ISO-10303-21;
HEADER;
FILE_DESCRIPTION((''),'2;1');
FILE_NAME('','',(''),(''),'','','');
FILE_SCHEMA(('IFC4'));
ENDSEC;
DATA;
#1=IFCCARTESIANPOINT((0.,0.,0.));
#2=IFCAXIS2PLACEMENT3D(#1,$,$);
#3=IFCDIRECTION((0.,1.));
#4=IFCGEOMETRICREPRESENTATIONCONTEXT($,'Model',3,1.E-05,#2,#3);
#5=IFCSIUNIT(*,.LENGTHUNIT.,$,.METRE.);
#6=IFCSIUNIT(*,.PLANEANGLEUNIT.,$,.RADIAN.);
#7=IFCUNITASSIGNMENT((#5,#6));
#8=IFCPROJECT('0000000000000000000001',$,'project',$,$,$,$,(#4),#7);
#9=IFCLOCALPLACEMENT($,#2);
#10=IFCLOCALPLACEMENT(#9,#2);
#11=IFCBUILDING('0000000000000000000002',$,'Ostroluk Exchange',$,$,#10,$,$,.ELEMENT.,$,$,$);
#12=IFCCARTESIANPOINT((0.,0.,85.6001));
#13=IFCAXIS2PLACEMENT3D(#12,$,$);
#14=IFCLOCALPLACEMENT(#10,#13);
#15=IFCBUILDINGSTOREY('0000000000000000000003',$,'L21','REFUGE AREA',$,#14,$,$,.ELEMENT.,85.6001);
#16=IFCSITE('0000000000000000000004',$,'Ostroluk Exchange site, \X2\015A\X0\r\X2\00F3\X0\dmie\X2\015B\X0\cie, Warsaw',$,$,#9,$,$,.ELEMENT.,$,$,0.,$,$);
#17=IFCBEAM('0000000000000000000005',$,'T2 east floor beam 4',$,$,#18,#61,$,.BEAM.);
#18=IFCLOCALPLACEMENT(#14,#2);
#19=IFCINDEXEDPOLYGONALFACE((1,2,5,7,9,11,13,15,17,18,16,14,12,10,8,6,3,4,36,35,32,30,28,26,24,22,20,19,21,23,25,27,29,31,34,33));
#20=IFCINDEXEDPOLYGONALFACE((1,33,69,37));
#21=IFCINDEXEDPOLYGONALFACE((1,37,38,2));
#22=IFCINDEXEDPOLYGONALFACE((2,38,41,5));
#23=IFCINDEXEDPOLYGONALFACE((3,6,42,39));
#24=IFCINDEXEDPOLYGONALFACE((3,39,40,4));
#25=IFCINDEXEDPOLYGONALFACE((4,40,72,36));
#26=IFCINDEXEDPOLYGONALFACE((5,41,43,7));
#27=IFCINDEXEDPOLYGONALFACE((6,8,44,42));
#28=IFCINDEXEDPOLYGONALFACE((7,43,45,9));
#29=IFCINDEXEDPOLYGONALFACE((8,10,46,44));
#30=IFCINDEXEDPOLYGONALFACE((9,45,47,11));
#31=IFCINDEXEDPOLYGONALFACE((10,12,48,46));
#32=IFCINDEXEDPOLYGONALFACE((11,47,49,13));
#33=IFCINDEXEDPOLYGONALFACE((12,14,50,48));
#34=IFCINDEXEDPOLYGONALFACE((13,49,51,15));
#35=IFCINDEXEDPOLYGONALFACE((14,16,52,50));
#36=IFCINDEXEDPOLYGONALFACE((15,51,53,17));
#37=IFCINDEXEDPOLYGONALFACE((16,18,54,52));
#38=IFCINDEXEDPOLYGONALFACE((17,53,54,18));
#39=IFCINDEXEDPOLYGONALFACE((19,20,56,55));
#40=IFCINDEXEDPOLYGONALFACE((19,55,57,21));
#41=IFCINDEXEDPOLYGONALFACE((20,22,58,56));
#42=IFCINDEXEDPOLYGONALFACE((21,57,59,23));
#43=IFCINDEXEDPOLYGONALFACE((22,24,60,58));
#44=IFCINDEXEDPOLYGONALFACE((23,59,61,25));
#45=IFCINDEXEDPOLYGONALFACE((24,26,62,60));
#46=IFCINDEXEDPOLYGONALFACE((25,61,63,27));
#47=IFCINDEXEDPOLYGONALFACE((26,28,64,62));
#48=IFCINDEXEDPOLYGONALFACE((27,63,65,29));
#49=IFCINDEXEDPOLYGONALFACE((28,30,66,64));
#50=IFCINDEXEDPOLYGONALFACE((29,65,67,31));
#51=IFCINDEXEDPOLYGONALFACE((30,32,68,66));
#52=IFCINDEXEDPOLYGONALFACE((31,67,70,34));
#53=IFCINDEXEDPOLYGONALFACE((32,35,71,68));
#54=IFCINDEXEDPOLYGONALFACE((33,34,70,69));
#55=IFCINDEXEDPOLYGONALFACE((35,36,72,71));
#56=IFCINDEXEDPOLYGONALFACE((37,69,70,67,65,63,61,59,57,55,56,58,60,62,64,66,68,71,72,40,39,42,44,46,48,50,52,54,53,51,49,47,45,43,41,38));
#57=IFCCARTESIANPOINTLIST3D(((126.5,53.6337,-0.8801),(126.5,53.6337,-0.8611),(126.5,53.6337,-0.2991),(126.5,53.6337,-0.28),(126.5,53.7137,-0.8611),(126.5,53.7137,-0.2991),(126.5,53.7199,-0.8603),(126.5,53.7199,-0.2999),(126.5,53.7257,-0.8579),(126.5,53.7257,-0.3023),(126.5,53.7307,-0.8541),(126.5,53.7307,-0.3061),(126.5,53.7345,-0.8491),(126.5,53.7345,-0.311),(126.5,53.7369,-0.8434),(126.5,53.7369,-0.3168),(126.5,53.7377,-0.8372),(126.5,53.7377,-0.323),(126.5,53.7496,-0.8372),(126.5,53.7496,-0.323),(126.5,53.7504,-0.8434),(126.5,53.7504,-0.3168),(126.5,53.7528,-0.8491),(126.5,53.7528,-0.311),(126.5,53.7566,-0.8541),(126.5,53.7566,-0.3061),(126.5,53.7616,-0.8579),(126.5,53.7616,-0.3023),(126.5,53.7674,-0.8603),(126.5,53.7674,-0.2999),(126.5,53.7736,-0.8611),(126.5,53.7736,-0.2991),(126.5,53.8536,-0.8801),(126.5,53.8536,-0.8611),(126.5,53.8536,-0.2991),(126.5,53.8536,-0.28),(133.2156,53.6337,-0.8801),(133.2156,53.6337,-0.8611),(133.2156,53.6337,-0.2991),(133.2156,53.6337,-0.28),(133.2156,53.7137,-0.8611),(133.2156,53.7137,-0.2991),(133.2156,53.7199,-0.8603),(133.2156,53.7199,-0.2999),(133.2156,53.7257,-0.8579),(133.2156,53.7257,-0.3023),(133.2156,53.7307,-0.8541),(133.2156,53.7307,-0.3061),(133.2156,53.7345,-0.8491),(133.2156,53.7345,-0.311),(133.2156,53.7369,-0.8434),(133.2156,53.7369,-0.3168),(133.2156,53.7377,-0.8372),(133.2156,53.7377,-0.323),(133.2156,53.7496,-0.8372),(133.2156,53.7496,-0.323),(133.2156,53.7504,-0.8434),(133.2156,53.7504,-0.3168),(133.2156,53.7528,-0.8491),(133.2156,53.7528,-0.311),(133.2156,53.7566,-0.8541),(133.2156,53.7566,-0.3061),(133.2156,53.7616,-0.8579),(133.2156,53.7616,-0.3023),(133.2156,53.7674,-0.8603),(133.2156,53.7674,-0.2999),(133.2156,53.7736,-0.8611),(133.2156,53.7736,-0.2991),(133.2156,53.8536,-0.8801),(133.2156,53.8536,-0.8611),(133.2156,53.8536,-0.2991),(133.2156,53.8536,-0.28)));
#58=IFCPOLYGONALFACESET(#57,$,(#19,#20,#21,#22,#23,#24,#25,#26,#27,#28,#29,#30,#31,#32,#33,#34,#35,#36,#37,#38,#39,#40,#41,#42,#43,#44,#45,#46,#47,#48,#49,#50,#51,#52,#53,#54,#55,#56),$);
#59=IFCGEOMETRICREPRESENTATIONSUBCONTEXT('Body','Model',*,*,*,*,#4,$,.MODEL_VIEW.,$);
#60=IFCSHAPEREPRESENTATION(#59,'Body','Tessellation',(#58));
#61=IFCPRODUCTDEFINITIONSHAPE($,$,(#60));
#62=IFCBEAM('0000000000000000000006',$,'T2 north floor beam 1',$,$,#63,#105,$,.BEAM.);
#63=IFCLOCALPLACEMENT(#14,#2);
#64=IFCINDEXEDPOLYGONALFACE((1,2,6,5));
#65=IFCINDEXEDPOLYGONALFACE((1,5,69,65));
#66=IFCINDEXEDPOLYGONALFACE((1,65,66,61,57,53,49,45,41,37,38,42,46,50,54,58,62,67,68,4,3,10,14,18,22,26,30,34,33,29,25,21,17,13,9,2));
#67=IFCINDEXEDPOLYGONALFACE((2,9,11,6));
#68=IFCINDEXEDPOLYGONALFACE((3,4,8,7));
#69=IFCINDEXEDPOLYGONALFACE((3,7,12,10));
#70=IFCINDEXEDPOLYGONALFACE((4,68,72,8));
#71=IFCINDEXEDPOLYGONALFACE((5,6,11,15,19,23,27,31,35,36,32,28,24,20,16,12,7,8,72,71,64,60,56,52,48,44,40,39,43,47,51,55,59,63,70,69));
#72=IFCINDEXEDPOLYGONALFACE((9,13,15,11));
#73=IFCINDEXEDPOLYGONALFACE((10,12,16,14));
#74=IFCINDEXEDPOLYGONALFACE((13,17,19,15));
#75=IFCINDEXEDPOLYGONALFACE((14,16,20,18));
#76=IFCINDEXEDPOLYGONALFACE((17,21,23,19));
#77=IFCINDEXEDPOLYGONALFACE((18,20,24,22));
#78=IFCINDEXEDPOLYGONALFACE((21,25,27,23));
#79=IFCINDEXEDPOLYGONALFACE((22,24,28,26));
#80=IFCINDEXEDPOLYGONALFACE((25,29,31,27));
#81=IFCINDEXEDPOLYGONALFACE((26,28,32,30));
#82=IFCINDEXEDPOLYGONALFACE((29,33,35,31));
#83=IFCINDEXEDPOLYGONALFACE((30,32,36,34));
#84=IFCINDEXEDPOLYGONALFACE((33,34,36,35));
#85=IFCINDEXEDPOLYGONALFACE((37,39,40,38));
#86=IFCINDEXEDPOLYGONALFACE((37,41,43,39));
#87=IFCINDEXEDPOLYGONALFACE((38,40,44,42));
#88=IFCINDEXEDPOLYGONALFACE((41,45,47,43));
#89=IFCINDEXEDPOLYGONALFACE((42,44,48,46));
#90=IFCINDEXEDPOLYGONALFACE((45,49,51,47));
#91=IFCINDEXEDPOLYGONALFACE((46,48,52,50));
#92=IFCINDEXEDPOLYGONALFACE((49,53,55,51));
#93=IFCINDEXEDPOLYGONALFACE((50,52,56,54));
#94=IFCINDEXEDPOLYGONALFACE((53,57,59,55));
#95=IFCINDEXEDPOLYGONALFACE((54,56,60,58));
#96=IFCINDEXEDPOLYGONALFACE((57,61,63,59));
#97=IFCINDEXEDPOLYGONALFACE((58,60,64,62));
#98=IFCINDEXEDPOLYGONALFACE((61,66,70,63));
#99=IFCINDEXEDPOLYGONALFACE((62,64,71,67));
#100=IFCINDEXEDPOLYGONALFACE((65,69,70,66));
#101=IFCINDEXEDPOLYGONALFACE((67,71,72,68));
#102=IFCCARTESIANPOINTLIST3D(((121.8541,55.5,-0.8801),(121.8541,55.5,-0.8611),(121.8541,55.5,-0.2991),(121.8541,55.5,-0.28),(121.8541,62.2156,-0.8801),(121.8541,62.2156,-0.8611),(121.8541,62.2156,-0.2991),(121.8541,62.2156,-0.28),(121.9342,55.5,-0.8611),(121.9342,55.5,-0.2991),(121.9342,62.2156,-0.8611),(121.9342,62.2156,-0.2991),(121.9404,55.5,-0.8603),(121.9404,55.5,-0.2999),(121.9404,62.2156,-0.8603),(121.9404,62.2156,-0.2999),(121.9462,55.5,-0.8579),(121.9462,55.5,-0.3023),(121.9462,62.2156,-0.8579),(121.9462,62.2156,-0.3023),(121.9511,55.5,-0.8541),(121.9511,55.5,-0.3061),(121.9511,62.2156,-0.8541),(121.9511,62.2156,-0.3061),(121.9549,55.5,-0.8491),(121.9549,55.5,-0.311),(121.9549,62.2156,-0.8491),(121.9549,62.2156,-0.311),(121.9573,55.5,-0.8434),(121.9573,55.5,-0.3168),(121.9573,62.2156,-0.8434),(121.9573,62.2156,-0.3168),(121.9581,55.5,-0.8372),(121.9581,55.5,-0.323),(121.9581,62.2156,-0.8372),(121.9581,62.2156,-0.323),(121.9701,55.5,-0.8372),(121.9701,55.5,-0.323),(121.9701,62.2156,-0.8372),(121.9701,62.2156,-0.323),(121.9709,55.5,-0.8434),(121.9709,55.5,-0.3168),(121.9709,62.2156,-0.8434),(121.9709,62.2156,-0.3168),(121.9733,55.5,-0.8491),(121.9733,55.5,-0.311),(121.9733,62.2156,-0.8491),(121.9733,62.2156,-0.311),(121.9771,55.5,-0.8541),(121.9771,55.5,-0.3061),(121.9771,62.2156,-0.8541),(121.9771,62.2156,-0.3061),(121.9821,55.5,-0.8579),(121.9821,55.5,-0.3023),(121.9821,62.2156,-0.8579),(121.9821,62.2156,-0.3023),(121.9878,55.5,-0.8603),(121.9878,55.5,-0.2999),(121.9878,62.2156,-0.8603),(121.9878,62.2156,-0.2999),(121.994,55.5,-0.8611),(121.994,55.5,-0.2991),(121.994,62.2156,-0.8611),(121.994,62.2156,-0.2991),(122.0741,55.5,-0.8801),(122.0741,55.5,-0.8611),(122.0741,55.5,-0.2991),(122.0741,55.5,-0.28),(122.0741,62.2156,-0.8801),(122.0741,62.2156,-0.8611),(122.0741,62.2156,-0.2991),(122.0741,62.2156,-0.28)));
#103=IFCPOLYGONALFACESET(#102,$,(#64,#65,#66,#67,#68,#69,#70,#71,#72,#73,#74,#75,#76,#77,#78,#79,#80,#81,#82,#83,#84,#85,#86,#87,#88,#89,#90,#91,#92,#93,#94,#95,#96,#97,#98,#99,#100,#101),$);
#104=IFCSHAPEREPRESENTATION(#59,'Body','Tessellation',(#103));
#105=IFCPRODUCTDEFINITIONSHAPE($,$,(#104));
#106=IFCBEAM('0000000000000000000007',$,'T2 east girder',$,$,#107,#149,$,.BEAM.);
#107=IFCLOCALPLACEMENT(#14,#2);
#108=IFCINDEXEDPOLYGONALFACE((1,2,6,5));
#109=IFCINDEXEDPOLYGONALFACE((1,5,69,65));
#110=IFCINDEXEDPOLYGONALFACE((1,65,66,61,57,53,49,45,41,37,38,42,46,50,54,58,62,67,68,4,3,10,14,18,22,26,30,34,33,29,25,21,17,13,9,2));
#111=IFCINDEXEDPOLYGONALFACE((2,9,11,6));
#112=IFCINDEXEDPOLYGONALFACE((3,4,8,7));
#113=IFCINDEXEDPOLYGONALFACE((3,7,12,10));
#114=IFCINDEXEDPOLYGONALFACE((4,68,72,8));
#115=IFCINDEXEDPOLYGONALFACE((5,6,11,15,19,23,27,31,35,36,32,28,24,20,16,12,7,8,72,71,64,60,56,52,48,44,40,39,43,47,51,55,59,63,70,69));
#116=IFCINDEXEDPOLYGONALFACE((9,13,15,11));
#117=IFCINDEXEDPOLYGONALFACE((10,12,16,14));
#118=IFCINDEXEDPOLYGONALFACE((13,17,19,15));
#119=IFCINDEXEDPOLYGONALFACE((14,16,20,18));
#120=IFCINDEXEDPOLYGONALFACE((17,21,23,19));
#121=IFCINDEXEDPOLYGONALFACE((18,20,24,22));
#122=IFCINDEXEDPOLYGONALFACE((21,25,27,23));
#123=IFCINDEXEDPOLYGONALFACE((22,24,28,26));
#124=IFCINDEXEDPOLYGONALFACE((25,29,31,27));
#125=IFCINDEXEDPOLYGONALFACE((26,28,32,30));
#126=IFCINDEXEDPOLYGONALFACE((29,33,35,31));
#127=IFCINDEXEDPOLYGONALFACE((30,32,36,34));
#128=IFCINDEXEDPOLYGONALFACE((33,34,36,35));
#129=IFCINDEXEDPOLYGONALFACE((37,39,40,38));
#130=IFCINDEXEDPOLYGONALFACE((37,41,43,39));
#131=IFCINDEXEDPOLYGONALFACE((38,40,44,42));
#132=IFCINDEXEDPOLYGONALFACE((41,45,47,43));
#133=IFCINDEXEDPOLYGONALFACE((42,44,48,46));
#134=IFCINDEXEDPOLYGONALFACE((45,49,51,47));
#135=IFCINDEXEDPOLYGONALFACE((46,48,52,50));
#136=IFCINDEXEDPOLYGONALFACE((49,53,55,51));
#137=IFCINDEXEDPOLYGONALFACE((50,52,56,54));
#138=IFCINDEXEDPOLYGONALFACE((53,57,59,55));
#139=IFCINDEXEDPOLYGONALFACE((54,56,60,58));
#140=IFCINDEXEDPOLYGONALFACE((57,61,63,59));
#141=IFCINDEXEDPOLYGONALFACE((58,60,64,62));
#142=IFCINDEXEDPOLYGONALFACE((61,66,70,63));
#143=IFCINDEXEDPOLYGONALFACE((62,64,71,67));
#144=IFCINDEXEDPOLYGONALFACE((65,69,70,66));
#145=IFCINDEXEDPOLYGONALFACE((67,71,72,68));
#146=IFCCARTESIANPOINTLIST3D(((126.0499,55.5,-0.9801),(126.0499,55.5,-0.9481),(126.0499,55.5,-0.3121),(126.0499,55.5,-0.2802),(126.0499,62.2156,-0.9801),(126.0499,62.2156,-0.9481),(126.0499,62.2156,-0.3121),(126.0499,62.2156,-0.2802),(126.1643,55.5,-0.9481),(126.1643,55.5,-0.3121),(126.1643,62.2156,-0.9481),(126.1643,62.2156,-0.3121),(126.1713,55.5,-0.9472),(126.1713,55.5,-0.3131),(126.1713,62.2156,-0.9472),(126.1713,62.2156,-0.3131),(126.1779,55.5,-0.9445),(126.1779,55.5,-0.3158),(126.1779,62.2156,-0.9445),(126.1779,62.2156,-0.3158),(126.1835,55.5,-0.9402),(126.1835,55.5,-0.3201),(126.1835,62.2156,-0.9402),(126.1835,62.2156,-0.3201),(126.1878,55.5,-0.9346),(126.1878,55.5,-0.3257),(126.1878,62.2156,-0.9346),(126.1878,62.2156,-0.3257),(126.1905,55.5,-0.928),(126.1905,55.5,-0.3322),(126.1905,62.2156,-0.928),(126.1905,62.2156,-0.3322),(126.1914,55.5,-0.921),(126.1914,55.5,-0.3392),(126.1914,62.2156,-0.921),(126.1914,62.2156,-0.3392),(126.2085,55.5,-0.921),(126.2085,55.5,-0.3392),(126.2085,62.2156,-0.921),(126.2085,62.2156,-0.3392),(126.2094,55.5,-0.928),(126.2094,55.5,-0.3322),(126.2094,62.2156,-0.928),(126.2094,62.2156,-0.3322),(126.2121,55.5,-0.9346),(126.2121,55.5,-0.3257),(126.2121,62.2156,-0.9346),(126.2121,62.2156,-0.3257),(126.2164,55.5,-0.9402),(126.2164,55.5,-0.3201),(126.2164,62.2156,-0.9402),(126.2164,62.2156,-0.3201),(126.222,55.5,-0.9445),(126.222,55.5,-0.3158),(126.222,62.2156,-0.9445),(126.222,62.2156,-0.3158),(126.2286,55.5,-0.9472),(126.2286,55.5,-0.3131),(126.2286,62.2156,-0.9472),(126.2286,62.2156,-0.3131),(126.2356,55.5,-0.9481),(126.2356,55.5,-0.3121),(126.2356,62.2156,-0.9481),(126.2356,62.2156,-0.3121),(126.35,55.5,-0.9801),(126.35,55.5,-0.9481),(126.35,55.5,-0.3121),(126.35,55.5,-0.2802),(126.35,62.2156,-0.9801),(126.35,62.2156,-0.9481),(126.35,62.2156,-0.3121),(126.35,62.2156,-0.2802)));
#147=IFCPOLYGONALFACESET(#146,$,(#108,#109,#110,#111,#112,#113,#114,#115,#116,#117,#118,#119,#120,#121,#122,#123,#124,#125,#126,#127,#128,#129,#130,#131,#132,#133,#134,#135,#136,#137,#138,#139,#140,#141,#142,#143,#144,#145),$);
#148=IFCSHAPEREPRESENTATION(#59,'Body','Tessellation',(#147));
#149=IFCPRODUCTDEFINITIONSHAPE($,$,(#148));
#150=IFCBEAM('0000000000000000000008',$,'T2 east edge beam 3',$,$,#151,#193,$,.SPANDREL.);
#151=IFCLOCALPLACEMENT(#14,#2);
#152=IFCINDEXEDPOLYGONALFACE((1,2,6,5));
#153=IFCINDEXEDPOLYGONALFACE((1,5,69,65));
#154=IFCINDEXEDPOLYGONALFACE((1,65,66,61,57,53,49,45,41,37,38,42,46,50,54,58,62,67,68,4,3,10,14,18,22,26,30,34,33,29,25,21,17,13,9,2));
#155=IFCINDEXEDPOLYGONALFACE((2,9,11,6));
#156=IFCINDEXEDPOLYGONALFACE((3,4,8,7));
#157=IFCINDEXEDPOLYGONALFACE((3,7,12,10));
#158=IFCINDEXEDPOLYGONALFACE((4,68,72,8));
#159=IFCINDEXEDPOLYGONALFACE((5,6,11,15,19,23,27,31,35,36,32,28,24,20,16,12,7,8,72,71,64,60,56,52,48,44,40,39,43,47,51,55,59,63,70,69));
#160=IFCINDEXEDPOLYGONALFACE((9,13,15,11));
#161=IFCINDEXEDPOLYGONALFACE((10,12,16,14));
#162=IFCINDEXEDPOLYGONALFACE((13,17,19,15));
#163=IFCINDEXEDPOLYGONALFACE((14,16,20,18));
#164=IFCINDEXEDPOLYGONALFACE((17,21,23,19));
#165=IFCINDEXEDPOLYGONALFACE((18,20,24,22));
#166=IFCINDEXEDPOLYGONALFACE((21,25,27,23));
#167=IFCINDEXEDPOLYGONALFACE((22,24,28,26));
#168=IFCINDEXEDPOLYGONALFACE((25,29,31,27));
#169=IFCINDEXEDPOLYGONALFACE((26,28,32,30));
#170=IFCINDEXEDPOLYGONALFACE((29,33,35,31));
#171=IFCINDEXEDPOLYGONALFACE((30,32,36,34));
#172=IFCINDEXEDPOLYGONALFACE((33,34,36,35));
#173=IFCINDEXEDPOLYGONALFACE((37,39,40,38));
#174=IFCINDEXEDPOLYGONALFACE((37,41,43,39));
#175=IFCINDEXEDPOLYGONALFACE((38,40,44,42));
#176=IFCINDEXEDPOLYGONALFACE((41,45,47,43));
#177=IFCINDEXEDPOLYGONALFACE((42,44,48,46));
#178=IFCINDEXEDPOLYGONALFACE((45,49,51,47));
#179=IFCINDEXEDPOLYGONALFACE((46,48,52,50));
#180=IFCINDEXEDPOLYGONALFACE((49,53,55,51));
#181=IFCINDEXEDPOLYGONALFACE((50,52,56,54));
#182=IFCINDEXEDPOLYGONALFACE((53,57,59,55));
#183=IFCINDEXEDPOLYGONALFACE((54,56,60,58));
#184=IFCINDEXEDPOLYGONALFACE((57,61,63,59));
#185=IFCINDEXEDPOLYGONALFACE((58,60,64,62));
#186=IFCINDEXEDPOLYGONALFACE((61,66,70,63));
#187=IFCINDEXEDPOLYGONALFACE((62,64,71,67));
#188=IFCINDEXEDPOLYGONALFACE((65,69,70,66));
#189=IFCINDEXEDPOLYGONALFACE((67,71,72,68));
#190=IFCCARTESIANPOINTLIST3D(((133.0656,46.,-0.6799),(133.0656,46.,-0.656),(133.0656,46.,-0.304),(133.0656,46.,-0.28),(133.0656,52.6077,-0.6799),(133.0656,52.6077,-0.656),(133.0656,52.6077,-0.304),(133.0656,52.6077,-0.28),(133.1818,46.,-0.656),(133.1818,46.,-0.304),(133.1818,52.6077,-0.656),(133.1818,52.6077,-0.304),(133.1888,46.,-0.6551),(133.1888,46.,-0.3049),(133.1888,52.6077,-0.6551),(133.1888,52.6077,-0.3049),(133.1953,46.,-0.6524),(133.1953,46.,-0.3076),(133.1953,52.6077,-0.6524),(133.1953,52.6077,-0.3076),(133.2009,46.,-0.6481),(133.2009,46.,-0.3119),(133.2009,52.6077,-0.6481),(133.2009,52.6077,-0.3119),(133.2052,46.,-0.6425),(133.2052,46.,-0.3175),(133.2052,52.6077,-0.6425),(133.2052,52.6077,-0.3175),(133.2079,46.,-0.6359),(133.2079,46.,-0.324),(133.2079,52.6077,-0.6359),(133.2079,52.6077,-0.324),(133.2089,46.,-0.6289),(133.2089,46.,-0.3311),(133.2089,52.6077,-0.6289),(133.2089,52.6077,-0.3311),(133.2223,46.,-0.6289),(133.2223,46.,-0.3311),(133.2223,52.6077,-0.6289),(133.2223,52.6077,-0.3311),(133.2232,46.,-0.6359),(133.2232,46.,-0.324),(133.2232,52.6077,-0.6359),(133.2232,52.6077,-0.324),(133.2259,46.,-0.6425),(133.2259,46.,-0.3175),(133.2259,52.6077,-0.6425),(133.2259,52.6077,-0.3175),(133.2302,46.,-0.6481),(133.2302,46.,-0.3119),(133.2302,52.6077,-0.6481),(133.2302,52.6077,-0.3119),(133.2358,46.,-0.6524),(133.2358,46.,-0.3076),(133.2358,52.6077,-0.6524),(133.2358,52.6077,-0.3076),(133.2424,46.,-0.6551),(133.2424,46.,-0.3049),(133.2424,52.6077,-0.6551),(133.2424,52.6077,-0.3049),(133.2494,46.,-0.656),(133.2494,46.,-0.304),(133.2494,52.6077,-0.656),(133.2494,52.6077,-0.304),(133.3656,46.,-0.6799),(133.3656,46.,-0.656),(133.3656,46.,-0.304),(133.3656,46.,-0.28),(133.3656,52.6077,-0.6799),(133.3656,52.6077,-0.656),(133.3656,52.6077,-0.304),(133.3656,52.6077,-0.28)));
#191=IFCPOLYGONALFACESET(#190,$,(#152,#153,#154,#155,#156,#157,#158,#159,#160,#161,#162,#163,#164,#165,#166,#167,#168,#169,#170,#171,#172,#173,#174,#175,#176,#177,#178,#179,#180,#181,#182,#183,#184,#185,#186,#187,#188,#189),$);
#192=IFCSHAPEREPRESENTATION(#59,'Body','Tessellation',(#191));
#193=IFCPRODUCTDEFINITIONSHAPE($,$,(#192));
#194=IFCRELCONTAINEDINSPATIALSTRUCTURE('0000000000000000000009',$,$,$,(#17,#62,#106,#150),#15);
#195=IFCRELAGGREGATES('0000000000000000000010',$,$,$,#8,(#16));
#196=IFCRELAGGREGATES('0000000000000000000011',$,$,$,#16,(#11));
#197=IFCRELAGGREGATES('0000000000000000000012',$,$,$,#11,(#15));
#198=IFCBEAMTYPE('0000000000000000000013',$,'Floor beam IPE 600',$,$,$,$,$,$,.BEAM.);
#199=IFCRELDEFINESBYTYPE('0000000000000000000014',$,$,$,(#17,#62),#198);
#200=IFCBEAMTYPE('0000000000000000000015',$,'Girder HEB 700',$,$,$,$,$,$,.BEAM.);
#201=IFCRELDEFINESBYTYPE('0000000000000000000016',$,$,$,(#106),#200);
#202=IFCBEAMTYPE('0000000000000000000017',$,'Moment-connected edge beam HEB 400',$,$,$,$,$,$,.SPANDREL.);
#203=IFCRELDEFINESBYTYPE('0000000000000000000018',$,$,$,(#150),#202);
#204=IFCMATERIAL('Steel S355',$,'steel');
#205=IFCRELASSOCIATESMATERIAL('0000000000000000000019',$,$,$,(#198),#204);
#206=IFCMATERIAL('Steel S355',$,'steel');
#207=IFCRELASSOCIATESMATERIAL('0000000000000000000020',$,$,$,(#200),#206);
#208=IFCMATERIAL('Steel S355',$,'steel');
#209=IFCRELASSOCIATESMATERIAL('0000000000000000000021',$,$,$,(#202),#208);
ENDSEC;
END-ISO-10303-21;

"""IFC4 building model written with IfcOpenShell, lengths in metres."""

from ifc_helpers import new_model, si_unit, direction, frame, origin, origin_2d, place, context, subcontext, project, spatial, i_section, extrude, material, material_profile, profile_set, type_object, element, save


model = new_model("IFC4")

# Units and contexts
model_context = context("Model", 3, precision=1e-05, world=origin(), true_north=direction((0.0, 1.0)))
body_context = subcontext(model_context, "Body", "Model", "MODEL_VIEW")
ifc_project = project(units=[si_unit("LENGTHUNIT", "METRE"), si_unit("PLANEANGLEUNIT", "RADIAN")], contexts=[model_context])

# Site, building, storey
site_placement = place(None, origin())
site = spatial("IfcSite", under=ifc_project, at=site_placement, Name="Ostroluk Exchange site, Śródmieście, Warsaw", CompositionType="ELEMENT", RefElevation=0.0)
building_placement = place(site_placement, origin())
building = spatial("IfcBuilding", under=site, at=building_placement, Name="Ostroluk Exchange", CompositionType="ELEMENT")
storey_placement = place(building_placement, frame((0.0, 0.0, 85.6001)))
storey = spatial("IfcBuildingStorey", under=building, at=storey_placement, Name="L21", Description="REFUGE AREA", CompositionType="ELEMENT", Elevation=85.6001)

# Beams
ifc_material_1 = material(Name="Steel S355", Category="steel")
ifc_material_profile_1 = material_profile(ifc_material_1, i_section(OverallWidth=0.22, OverallDepth=0.6001, WebThickness=0.012, FlangeThickness=0.019, FilletRadius=0.0239, at=origin_2d()), Name="IPE 600")
ifc_profile_set_1 = profile_set([ifc_material_profile_1], Name="Steel S355")
beam_type_1 = type_object("IfcBeamType", Name="Floor beam IPE 600", PredefinedType="BEAM", material=ifc_profile_set_1)
for number, where, z_axis, x_axis, name in (
    (1, (126.5, 53.7437, -0.5801), (1.0, 0.0, 0.0), (0.0, 1.0, 0.0), "T2 east floor beam 4"),
    (2, (121.9641, 55.5, -0.5801), (0.0, 1.0, 0.0), (-1.0, 0.0, 0.0), "T2 north floor beam 1"),
):
    element("IfcBeam", number, at=place(storey_placement, frame(where, z_axis=z_axis, x_axis=x_axis)), inside=storey, type_object=beam_type_1, Name=name, PredefinedType="BEAM", context=body_context, shape_type="SweptSolid", body=[
        extrude(i_section(OverallWidth=0.22, OverallDepth=0.6001, WebThickness=0.012, FlangeThickness=0.019, FilletRadius=0.0239, at=origin_2d()), origin(), (0.0, 0.0, 1.0), 6.7156),
    ])
ifc_material_2 = material(Name="Steel S355", Category="steel")
ifc_material_profile_2 = material_profile(ifc_material_2, i_section(OverallWidth=0.3, OverallDepth=0.7, WebThickness=0.0171, FlangeThickness=0.032, FilletRadius=0.0271, at=origin_2d()), Name="HEB 700")
ifc_profile_set_2 = profile_set([ifc_material_profile_2], Name="Steel S355")
beam_type_2 = type_object("IfcBeamType", Name="Girder HEB 700", PredefinedType="BEAM", material=ifc_profile_set_2)
beam_1_placement = place(storey_placement, frame((126.2, 55.5, -0.6301), z_axis=(0.0, 1.0, 0.0), x_axis=(-1.0, 0.0, 0.0)))
element("IfcBeam", 3, at=beam_1_placement, inside=storey, type_object=beam_type_2, Name="T2 east girder", PredefinedType="BEAM", context=body_context, shape_type="SweptSolid", body=[
    extrude(i_section(OverallWidth=0.3, OverallDepth=0.7, WebThickness=0.0171, FlangeThickness=0.032, FilletRadius=0.0271, at=origin_2d()), origin(), (0.0, 0.0, 1.0), 6.7156),
])
ifc_material_3 = material(Name="Steel S355", Category="steel")
ifc_material_profile_3 = material_profile(ifc_material_3, i_section(OverallWidth=0.3, OverallDepth=0.3999, WebThickness=0.0134, FlangeThickness=0.0239, FilletRadius=0.0271, at=origin_2d()), Name="HEB 400")
ifc_profile_set_3 = profile_set([ifc_material_profile_3], Name="Steel S355")
beam_type_3 = type_object("IfcBeamType", Name="Moment-connected edge beam HEB 400", PredefinedType="SPANDREL", material=ifc_profile_set_3)
beam_2_placement = place(storey_placement, frame((133.2156, 46.0, -0.48), z_axis=(0.0, 1.0, 0.0), x_axis=(-1.0, 0.0, 0.0)))
element("IfcBeam", 4, at=beam_2_placement, inside=storey, type_object=beam_type_3, Name="T2 east edge beam 3", PredefinedType="SPANDREL", context=body_context, shape_type="SweptSolid", body=[
    extrude(i_section(OverallWidth=0.3, OverallDepth=0.3999, WebThickness=0.0134, FlangeThickness=0.0239, FilletRadius=0.0271, at=origin_2d()), origin(), (0.0, 0.0, 1.0), 6.6077),
])

save(model, "model.ifc")
